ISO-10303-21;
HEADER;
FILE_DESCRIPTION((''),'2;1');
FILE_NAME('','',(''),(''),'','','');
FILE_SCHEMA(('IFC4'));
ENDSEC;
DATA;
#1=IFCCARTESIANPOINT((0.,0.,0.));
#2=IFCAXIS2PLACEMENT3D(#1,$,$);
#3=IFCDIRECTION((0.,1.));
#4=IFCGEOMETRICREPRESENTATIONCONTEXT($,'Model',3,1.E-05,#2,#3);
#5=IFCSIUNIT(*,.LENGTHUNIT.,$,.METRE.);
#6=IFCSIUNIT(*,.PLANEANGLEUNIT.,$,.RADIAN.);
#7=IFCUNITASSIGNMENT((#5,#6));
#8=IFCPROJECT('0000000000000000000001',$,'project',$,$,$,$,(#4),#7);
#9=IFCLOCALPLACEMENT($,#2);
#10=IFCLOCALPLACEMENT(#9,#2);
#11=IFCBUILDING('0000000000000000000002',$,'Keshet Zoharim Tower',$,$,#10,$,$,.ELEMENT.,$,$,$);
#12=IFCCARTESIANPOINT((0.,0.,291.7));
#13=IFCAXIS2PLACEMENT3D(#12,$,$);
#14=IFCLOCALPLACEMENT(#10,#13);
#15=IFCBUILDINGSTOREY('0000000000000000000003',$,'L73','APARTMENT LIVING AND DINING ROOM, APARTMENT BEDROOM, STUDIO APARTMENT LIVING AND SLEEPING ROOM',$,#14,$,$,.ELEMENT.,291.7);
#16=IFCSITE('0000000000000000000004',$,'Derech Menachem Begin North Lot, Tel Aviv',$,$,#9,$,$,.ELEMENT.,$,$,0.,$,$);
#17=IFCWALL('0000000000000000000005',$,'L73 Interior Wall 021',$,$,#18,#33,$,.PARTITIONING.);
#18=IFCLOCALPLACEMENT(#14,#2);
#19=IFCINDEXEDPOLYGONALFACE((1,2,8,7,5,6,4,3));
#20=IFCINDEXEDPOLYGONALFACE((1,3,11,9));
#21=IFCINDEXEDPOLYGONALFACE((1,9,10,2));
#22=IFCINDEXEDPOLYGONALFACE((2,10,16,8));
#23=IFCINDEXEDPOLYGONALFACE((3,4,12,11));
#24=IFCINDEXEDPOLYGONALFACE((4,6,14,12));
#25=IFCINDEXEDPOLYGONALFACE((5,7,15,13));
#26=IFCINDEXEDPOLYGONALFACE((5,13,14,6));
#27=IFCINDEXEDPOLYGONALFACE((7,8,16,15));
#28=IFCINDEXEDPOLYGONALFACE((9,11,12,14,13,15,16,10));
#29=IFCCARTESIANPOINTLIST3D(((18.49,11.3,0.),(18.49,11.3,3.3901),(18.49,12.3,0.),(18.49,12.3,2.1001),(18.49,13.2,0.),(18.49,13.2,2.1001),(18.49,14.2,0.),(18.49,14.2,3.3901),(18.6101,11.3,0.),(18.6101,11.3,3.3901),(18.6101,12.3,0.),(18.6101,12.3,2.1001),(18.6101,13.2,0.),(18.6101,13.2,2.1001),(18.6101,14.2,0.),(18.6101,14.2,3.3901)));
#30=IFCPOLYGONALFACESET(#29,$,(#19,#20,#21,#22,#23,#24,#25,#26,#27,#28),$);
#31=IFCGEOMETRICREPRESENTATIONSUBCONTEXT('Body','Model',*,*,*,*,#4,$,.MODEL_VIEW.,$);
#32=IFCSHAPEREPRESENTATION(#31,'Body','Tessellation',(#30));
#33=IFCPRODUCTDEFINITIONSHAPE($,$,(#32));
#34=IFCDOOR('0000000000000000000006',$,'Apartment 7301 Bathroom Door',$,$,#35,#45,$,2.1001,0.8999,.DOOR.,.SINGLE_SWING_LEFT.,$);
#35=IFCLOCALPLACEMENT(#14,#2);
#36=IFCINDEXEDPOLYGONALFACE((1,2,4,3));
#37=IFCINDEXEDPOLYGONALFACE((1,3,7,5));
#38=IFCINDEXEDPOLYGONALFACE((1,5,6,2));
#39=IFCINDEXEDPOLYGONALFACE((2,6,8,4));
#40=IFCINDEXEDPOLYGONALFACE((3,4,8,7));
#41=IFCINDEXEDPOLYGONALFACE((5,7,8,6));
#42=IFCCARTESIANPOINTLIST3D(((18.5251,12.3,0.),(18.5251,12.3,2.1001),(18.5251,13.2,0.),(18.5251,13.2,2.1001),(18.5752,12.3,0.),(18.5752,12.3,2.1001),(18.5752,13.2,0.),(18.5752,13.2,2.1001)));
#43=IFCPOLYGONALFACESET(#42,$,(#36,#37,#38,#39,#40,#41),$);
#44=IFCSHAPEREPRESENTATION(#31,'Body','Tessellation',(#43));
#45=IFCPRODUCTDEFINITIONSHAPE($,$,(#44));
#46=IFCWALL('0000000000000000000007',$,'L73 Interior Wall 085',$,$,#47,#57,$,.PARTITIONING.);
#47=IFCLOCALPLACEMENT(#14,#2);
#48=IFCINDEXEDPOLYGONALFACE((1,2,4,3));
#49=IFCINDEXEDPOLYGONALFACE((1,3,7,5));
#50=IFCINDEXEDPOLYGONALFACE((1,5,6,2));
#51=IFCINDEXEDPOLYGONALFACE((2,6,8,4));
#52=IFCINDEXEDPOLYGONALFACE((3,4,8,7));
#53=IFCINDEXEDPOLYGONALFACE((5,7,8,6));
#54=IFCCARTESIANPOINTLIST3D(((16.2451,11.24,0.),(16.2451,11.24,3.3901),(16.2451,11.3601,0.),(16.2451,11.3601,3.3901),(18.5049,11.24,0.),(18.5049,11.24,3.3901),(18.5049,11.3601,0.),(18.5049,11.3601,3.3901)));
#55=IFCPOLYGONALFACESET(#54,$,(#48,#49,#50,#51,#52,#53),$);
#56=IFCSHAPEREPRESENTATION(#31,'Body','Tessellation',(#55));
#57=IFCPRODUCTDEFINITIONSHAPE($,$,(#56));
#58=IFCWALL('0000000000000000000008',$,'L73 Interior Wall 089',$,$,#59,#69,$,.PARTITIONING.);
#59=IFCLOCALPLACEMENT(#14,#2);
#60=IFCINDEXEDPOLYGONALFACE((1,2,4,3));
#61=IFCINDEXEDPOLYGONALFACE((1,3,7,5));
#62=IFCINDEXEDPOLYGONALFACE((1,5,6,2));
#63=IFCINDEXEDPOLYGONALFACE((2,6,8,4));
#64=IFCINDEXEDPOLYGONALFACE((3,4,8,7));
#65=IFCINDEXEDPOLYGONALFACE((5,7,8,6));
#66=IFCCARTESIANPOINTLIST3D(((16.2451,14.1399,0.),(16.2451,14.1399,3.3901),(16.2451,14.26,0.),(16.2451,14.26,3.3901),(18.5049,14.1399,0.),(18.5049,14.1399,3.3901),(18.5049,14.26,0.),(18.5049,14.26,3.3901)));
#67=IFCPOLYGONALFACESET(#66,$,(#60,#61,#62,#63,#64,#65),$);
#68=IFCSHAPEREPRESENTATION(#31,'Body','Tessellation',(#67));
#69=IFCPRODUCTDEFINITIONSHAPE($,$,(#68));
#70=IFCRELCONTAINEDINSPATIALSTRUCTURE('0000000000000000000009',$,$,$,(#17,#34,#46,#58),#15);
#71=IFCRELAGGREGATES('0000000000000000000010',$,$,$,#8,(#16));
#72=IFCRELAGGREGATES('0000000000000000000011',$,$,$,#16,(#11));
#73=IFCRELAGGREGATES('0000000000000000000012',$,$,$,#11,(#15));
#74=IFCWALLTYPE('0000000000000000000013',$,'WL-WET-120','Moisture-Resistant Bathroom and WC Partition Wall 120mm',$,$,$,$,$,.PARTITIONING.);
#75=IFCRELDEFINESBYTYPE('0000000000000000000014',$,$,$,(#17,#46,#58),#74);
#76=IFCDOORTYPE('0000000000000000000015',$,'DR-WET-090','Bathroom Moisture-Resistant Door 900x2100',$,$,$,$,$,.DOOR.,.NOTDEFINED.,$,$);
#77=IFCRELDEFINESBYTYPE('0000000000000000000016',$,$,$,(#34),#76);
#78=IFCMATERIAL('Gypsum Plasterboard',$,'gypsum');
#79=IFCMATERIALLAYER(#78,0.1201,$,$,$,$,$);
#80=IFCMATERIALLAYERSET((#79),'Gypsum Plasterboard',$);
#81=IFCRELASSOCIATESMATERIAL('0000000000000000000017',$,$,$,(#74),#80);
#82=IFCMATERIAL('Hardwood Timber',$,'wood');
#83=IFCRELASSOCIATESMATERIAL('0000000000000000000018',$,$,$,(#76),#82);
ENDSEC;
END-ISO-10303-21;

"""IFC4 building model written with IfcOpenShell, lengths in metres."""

from ifc_helpers import new_model, si_unit, direction, frame, frame_2d, origin, place, context, subcontext, project, spatial, rectangle, extrude, material, layer, layer_set, type_object, element, fill, save


model = new_model("IFC4")

# Units and contexts
model_context = context("Model", 3, precision=1e-05, world=origin(), true_north=direction((0.0, 1.0)))
body_context = subcontext(model_context, "Body", "Model", "MODEL_VIEW")
ifc_project = project(units=[si_unit("LENGTHUNIT", "METRE"), si_unit("PLANEANGLEUNIT", "RADIAN")], contexts=[model_context])

# Site, building, storey
site_placement = place(None, origin())
site = spatial("IfcSite", under=ifc_project, at=site_placement, Name="Derech Menachem Begin North Lot, Tel Aviv", CompositionType="ELEMENT", RefElevation=0.0)
building_placement = place(site_placement, origin())
building = spatial("IfcBuilding", under=site, at=building_placement, Name="Keshet Zoharim Tower", CompositionType="ELEMENT")
storey_placement = place(building_placement, frame((0.0, 0.0, 291.7)))
storey = spatial("IfcBuildingStorey", under=building, at=storey_placement, Name="L73", Description="APARTMENT LIVING AND DINING ROOM, APARTMENT BEDROOM, STUDIO APARTMENT LIVING AND SLEEPING ROOM", CompositionType="ELEMENT", Elevation=291.7)

# Shared definitions
ifc_material_1 = material(Name="Gypsum Plasterboard", Category="gypsum")
ifc_material_2 = material(Name="Hardwood Timber", Category="wood")

# Shared definitions
ifc_layer_1 = layer(ifc_material_1, 0.1201)
ifc_layer_set_1 = layer_set([ifc_layer_1], Name="Gypsum Plasterboard")
wall_type_1 = type_object("IfcWallType", Name="WL-WET-120", Description="Moisture-Resistant Bathroom and WC Partition Wall 120mm", PredefinedType="PARTITIONING", material=ifc_layer_set_1)

# Wall, opening, door
wall_1_placement = place(storey_placement, frame((18.55, 11.3, 0.0), z_axis=(0.0, 0.0, 1.0), x_axis=(0.0, 1.0, 0.0)))
wall_1 = element("IfcWall", 1, at=wall_1_placement, inside=storey, type_object=wall_type_1, Name="L73 Interior Wall 021", PredefinedType="PARTITIONING", context=body_context, shape_type="SweptSolid", body=[
    extrude(rectangle(XDim=2.8999, YDim=0.1201, at=frame_2d((1.45, 0.0))), origin(), (0.0, 0.0, 1.0), 3.3901),
])
opening_1_placement = place(wall_1_placement, frame((1.0, 0.0, 0.0)))
opening_1 = element("IfcOpeningElement", 2, at=opening_1_placement, cuts=wall_1, PredefinedType="OPENING", context=body_context, shape_type="SweptSolid", body=[
    extrude(rectangle(XDim=0.8999, YDim=2.1001, at=frame_2d((0.45, 1.05))), frame((0.0, 0.0701, 0.0), z_axis=(0.0, -1.0, 0.0), x_axis=(1.0, 0.0, 0.0)), (0.0, 0.0, 1.0), 0.1401),
])
door_type_1 = type_object("IfcDoorType", Name="DR-WET-090", Description="Bathroom Moisture-Resistant Door 900x2100", OperationType="NOTDEFINED", PredefinedType="DOOR", material=ifc_material_2)
door_1_placement = place(opening_1_placement, origin())
door_1 = element("IfcDoor", 3, at=door_1_placement, inside=storey, type_object=door_type_1, Name="Apartment 7301 Bathroom Door", OperationType="SINGLE_SWING_LEFT", OverallHeight=2.1001, OverallWidth=0.8999, PredefinedType="DOOR", context=body_context, shape_type="SweptSolid", body=[
    extrude(rectangle(XDim=0.8999, YDim=2.1001, at=frame_2d((0.45, 1.05))), frame((0.0, 0.0249, 0.0), z_axis=(0.0, -1.0, 0.0), x_axis=(1.0, 0.0, 0.0)), (0.0, 0.0, 1.0), 0.05),
])
fill(opening_1, door_1)

# Walls
for number, where, z_axis, x_axis, name in (
    (4, (16.2451, 11.3, 0.0), (0.0, 0.0, 1.0), (1.0, 0.0, 0.0), "L73 Interior Wall 085"),
    (5, (16.2451, 14.2, 0.0), (0.0, 0.0, 1.0), (1.0, 0.0, 0.0), "L73 Interior Wall 089"),
):
    element("IfcWall", number, at=place(storey_placement, frame(where, z_axis=z_axis, x_axis=x_axis)), inside=storey, type_object=wall_type_1, Name=name, PredefinedType="PARTITIONING", context=body_context, shape_type="SweptSolid", body=[
        extrude(rectangle(XDim=2.2598, YDim=0.1201, at=frame_2d((1.1299, 0.0))), origin(), (0.0, 0.0, 1.0), 3.3901),
    ])

save(model, "model.ifc")
